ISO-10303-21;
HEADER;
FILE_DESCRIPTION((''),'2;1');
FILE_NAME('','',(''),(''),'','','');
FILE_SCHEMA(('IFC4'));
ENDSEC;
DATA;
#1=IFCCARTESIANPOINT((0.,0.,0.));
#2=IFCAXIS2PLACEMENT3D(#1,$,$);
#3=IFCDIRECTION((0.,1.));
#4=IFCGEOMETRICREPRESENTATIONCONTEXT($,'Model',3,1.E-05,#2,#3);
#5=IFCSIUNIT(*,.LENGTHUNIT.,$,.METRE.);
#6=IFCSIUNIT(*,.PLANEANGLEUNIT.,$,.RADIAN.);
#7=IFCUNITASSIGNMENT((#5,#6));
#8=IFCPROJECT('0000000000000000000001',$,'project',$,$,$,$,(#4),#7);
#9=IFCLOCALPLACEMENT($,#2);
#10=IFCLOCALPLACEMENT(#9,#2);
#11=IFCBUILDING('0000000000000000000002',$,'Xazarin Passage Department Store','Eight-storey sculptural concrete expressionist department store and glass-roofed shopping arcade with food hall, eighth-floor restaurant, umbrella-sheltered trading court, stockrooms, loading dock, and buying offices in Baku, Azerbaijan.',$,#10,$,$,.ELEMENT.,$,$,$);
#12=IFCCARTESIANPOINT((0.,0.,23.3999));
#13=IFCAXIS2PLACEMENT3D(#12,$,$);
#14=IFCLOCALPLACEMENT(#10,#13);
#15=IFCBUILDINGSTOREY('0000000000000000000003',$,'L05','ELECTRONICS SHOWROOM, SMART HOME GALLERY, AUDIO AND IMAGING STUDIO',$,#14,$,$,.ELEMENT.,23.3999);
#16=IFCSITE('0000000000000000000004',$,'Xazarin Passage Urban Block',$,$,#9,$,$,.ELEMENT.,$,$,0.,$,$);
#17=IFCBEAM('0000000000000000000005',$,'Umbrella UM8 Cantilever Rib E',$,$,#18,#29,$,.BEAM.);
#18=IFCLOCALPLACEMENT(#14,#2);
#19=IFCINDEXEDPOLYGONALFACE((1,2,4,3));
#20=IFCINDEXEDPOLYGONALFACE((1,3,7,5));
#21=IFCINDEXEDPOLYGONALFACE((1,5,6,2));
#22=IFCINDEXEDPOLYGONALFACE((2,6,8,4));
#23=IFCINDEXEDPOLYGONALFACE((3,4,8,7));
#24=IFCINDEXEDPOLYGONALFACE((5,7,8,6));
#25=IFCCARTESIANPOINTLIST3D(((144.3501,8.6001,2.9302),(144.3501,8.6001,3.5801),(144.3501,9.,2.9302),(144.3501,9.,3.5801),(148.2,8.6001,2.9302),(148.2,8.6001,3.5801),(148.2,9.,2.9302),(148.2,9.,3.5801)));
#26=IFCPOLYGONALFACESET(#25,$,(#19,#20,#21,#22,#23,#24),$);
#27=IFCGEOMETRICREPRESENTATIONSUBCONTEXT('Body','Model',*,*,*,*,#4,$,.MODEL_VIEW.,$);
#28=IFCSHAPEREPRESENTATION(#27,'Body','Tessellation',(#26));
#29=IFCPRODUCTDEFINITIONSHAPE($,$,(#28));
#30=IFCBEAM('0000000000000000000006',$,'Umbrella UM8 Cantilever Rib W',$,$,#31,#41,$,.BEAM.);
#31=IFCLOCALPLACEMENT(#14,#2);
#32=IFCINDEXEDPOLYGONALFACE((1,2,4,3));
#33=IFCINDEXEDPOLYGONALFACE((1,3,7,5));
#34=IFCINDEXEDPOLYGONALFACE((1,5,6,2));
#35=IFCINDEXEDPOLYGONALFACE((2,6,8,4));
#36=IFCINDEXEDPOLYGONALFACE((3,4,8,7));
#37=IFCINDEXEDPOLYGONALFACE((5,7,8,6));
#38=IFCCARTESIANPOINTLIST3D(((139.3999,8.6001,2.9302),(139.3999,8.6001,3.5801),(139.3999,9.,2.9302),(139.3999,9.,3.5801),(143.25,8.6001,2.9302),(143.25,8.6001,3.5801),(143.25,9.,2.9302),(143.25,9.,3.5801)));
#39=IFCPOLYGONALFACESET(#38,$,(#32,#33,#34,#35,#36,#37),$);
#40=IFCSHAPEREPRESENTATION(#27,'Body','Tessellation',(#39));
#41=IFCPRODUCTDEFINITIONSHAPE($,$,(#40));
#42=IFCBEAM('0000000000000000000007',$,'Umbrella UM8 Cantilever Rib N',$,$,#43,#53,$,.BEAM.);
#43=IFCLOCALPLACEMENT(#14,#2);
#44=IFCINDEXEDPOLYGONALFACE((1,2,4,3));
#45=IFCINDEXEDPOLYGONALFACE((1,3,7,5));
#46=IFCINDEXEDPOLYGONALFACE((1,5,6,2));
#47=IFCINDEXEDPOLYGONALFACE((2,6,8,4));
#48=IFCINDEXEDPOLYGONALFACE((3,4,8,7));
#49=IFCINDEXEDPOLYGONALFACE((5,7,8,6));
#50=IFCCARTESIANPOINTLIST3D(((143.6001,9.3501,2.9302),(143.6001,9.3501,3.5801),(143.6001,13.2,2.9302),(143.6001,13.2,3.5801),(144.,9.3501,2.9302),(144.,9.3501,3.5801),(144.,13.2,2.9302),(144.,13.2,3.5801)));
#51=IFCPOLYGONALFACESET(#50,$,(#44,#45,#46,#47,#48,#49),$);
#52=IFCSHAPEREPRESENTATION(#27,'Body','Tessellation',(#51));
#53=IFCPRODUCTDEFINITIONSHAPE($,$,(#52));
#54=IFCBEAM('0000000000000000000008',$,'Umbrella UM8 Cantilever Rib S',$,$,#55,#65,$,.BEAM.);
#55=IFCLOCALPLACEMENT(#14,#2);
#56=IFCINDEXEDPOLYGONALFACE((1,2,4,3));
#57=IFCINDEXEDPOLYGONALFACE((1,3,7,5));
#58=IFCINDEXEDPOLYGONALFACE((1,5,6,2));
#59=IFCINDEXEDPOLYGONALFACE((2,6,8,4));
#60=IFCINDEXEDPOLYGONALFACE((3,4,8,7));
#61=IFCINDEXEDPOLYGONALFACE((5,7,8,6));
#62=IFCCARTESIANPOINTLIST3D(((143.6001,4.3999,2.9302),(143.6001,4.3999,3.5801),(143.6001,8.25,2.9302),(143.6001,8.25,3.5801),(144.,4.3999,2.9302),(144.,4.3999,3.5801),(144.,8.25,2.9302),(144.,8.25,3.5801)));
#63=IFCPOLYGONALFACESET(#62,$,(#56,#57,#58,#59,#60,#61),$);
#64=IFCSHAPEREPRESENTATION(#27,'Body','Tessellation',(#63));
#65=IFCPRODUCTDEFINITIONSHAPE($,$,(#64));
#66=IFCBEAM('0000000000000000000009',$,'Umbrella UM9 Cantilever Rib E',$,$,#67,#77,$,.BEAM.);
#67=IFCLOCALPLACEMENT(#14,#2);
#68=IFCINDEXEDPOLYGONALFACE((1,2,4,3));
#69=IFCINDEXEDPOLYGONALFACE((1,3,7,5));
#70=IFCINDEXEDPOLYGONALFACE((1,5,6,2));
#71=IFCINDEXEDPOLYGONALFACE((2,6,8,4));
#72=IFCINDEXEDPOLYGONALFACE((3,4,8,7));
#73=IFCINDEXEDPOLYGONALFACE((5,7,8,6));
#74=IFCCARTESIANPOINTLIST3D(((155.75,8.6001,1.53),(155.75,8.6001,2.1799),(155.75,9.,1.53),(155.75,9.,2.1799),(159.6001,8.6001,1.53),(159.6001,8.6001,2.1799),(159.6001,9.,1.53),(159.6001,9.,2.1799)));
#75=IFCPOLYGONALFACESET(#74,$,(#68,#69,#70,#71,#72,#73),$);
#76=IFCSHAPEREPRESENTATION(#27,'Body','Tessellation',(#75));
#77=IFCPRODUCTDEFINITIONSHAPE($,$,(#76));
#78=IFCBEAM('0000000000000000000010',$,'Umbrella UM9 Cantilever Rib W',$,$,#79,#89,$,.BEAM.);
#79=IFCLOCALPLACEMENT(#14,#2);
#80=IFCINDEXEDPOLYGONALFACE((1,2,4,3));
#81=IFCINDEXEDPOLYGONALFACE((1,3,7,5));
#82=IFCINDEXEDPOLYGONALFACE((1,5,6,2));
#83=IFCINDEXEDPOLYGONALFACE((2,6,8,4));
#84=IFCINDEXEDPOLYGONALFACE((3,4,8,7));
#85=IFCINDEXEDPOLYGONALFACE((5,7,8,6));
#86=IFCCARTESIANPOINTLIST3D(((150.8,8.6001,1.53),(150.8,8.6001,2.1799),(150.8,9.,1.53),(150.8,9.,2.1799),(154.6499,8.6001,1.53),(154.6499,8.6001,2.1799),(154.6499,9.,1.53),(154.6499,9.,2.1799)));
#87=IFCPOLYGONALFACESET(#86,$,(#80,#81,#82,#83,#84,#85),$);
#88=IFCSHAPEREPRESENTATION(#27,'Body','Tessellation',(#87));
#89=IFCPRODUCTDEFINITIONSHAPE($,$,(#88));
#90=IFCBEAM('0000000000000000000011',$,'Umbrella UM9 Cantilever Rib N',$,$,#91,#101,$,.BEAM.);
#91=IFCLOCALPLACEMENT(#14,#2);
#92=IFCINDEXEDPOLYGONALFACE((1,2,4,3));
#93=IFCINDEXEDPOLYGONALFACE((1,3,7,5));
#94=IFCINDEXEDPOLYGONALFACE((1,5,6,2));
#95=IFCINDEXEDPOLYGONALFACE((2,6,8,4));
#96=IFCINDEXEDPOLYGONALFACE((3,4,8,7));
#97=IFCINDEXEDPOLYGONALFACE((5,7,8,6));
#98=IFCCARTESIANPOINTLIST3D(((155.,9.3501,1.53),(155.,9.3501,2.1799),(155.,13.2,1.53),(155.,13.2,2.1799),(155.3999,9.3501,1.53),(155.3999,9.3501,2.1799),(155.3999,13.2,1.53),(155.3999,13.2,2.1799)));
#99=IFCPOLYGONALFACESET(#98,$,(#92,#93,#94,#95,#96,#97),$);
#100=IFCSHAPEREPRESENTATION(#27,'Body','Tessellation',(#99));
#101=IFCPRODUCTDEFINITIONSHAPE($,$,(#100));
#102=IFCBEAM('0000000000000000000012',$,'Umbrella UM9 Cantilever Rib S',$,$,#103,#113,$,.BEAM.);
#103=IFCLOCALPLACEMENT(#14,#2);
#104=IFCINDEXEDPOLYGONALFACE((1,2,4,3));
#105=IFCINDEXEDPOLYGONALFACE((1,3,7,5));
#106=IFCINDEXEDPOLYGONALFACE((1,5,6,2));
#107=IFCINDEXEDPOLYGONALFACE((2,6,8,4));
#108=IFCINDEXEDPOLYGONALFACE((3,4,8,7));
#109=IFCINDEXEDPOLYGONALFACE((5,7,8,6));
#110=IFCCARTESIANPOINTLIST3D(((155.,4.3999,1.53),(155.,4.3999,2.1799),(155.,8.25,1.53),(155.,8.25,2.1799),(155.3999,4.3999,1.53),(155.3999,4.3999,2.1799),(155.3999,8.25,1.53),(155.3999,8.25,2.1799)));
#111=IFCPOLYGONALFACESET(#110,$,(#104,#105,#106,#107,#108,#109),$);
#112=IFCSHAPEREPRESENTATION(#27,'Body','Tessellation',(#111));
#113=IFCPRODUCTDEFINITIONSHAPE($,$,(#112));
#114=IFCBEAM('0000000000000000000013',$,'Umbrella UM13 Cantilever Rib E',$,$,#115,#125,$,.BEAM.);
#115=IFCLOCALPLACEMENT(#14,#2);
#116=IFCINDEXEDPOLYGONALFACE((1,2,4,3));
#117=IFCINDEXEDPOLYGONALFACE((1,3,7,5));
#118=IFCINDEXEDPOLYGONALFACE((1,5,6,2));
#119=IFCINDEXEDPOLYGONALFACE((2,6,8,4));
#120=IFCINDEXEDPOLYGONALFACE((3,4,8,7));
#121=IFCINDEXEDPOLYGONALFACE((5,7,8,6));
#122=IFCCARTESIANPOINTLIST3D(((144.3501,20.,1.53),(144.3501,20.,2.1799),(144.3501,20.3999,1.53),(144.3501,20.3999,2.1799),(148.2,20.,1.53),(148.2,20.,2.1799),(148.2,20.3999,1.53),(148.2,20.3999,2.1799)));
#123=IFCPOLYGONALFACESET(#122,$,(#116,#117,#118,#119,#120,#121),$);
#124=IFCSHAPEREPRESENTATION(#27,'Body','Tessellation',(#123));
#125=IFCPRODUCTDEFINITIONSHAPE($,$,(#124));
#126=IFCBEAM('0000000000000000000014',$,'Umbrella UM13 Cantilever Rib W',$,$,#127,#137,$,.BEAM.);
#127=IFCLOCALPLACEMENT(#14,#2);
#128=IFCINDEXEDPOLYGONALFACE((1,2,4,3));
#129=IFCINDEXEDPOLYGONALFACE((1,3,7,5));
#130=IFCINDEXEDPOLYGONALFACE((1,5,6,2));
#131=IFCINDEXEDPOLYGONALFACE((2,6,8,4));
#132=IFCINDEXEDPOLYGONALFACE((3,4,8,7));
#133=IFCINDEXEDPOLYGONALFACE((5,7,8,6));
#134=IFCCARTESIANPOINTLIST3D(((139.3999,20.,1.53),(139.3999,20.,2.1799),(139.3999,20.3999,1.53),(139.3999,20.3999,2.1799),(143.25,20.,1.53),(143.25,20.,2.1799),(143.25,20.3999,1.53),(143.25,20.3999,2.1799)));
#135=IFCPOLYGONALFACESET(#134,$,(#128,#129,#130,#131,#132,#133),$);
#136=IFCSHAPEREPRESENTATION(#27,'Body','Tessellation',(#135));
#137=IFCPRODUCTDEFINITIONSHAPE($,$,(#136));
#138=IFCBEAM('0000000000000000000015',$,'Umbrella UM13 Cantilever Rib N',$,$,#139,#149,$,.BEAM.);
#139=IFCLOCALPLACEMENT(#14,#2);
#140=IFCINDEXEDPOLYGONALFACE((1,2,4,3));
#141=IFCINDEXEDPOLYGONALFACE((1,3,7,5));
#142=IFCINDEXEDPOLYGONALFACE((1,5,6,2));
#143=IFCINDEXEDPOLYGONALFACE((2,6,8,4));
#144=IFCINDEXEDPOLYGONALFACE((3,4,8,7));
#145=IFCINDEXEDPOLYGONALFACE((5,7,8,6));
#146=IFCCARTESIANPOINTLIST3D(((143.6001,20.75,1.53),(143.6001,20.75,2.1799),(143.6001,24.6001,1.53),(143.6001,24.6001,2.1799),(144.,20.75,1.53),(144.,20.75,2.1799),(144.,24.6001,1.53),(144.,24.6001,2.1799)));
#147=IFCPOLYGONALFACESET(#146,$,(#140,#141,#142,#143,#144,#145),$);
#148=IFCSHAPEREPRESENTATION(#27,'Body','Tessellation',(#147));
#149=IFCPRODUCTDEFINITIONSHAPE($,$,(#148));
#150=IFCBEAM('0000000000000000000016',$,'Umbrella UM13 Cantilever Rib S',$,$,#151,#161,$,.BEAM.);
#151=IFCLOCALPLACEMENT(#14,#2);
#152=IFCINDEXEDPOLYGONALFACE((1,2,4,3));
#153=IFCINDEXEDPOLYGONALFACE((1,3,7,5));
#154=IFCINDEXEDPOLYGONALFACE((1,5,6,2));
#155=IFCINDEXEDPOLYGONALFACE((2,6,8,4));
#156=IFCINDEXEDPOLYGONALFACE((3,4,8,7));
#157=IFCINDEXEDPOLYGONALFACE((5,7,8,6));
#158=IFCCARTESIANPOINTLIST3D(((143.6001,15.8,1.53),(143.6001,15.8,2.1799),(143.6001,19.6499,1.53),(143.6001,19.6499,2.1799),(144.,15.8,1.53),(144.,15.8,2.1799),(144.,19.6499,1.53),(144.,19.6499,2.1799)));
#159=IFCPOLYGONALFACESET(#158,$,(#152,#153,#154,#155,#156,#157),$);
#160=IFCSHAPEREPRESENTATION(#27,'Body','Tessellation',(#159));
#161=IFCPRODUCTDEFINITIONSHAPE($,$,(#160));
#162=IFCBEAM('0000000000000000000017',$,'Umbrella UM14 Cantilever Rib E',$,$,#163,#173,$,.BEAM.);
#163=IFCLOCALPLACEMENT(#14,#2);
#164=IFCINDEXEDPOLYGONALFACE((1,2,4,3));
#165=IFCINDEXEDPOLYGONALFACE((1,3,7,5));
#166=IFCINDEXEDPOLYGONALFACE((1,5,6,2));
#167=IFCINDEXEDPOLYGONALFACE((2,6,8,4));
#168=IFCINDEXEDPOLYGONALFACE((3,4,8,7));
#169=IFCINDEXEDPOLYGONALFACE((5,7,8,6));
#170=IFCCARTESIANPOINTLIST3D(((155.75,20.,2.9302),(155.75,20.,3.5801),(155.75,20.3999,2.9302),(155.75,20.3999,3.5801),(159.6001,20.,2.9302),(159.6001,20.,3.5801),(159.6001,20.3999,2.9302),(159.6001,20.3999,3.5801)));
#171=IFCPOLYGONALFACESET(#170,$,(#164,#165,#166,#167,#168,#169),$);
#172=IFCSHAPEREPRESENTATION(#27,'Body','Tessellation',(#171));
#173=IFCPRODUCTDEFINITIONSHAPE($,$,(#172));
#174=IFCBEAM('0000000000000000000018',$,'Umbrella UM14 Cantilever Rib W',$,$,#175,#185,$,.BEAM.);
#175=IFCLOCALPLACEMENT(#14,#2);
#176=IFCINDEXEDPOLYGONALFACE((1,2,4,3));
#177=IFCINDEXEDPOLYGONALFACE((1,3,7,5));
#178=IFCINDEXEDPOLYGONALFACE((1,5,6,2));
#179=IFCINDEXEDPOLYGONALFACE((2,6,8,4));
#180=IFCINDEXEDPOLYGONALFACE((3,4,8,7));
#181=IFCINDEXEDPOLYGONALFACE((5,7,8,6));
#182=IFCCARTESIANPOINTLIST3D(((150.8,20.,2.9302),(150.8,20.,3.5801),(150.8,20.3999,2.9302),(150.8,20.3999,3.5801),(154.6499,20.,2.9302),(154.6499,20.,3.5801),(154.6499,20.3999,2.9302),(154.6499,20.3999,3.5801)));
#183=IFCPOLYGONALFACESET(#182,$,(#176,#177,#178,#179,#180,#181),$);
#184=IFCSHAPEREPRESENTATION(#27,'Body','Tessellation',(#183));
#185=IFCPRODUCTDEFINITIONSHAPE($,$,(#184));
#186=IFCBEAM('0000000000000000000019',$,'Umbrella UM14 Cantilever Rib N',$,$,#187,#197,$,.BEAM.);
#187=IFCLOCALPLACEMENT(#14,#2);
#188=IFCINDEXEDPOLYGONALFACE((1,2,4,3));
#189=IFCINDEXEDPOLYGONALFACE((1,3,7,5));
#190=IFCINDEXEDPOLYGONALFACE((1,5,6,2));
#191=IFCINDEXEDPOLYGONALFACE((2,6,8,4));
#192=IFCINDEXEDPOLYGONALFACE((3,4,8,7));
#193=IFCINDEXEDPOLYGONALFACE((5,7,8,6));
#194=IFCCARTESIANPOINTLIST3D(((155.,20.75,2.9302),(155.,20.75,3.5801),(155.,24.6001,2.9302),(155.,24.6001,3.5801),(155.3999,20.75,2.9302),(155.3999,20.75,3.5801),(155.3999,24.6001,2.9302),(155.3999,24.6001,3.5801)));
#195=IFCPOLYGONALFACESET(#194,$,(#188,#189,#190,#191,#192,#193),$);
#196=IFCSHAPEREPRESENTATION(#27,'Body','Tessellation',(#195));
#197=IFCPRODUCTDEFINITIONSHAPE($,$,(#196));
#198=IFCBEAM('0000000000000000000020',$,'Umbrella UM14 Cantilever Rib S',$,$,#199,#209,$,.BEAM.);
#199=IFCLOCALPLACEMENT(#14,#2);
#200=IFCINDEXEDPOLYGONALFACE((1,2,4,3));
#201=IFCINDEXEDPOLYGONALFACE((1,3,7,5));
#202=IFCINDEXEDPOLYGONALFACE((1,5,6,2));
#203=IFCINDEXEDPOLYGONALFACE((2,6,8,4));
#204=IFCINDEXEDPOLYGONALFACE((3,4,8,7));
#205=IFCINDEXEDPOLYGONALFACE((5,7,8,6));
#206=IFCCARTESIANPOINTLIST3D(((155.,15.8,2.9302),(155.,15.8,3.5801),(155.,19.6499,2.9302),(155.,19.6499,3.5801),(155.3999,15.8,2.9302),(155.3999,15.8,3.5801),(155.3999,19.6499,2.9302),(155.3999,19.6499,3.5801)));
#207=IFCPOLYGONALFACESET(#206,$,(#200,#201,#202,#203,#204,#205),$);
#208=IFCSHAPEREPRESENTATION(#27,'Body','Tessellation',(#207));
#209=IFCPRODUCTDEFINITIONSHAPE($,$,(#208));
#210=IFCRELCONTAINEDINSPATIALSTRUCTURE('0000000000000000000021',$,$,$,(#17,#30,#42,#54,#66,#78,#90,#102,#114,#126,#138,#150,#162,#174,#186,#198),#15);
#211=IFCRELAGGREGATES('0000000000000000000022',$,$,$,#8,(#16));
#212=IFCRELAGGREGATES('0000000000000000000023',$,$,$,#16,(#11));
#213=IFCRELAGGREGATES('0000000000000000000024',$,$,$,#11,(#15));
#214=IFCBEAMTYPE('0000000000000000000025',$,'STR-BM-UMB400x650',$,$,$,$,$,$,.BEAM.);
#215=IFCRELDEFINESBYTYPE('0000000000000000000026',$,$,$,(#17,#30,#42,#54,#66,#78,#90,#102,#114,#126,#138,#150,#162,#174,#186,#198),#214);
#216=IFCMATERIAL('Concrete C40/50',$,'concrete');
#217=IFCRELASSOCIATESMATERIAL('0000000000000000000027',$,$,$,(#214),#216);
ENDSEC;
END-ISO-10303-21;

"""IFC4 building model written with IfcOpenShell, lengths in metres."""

from ifc_helpers import new_model, si_unit, direction, frame, origin, origin_2d, place, context, subcontext, project, spatial, rectangle, extrude, material, material_profile, profile_set, type_object, element, save


model = new_model("IFC4")

# Units and contexts
model_context = context("Model", 3, precision=1e-05, world=origin(), true_north=direction((0.0, 1.0)))
body_context = subcontext(model_context, "Body", "Model", "MODEL_VIEW")
ifc_project = project(units=[si_unit("LENGTHUNIT", "METRE"), si_unit("PLANEANGLEUNIT", "RADIAN")], contexts=[model_context])

# Site, building, storey
site_placement = place(None, origin())
site = spatial("IfcSite", under=ifc_project, at=site_placement, Name="Xazarin Passage Urban Block", CompositionType="ELEMENT", RefElevation=0.0)
building_placement = place(site_placement, origin())
building = spatial("IfcBuilding", under=site, at=building_placement, Name="Xazarin Passage Department Store", Description="Eight-storey sculptural concrete expressionist department store and glass-roofed shopping arcade with food hall, eighth-floor restaurant, umbrella-sheltered trading court, stockrooms, loading dock, and buying offices in Baku, Azerbaijan.", CompositionType="ELEMENT")
storey_placement = place(building_placement, frame((0.0, 0.0, 23.3999)))
storey = spatial("IfcBuildingStorey", under=building, at=storey_placement, Name="L05", Description="ELECTRONICS SHOWROOM, SMART HOME GALLERY, AUDIO AND IMAGING STUDIO", CompositionType="ELEMENT", Elevation=23.3999)

# Beams
ifc_material_1 = material(Name="Concrete C40/50", Category="concrete")
ifc_material_profile = material_profile(ifc_material_1, rectangle(XDim=0.3999, YDim=0.6499, at=origin_2d()), Name="RC 400x650")
ifc_profile_set = profile_set([ifc_material_profile], Name="Concrete C40/50")
beam_type = type_object("IfcBeamType", Name="STR-BM-UMB400x650", PredefinedType="BEAM", material=ifc_profile_set)
beam_1_placement = place(storey_placement, frame((144.3501, 8.8, 3.2551), z_axis=(1.0, 0.0, 0.0), x_axis=(0.0, 1.0, 0.0)))
element("IfcBeam", 1, at=beam_1_placement, inside=storey, type_object=beam_type, Name="Umbrella UM8 Cantilever Rib E", PredefinedType="BEAM", context=body_context, shape_type="SweptSolid", body=[
    extrude(rectangle(XDim=0.3999, YDim=0.6499, at=origin_2d()), origin(), (0.0, 0.0, 1.0), 3.8499),
])
beam_2_placement = place(storey_placement, frame((143.25, 8.8, 3.2551), z_axis=(-1.0, 0.0, 0.0), x_axis=(0.0, -1.0, 0.0)))
element("IfcBeam", 2, at=beam_2_placement, inside=storey, type_object=beam_type, Name="Umbrella UM8 Cantilever Rib W", PredefinedType="BEAM", context=body_context, shape_type="SweptSolid", body=[
    extrude(rectangle(XDim=0.3999, YDim=0.6499, at=origin_2d()), origin(), (0.0, 0.0, 1.0), 3.8501),
])
beam_3_placement = place(storey_placement, frame((143.8, 9.3501, 3.2551), z_axis=(0.0, 1.0, 0.0), x_axis=(-1.0, 0.0, 0.0)))
element("IfcBeam", 3, at=beam_3_placement, inside=storey, type_object=beam_type, Name="Umbrella UM8 Cantilever Rib N", PredefinedType="BEAM", context=body_context, shape_type="SweptSolid", body=[
    extrude(rectangle(XDim=0.3999, YDim=0.6499, at=origin_2d()), origin(), (0.0, 0.0, 1.0), 3.8499),
])
for number, where, z_axis, x_axis, name in (
    (4, (143.8, 8.25, 3.2551), (0.0, -1.0, 0.0), (1.0, 0.0, 0.0), "Umbrella UM8 Cantilever Rib S"),
    (5, (155.75, 8.8, 1.855), (1.0, 0.0, 0.0), (0.0, 1.0, 0.0), "Umbrella UM9 Cantilever Rib E"),
):
    element("IfcBeam", number, at=place(storey_placement, frame(where, z_axis=z_axis, x_axis=x_axis)), inside=storey, type_object=beam_type, Name=name, PredefinedType="BEAM", context=body_context, shape_type="SweptSolid", body=[
        extrude(rectangle(XDim=0.3999, YDim=0.6499, at=origin_2d()), origin(), (0.0, 0.0, 1.0), 3.8501),
    ])
for number, where, z_axis, x_axis, name in (
    (6, (154.6499, 8.8, 1.855), (-1.0, 0.0, 0.0), (0.0, -1.0, 0.0), "Umbrella UM9 Cantilever Rib W"),
    (7, (155.2, 9.3501, 1.855), (0.0, 1.0, 0.0), (-1.0, 0.0, 0.0), "Umbrella UM9 Cantilever Rib N"),
):
    element("IfcBeam", number, at=place(storey_placement, frame(where, z_axis=z_axis, x_axis=x_axis)), inside=storey, type_object=beam_type, Name=name, PredefinedType="BEAM", context=body_context, shape_type="SweptSolid", body=[
        extrude(rectangle(XDim=0.3999, YDim=0.6499, at=origin_2d()), origin(), (0.0, 0.0, 1.0), 3.8499),
    ])
beam_4_placement = place(storey_placement, frame((155.2, 8.25, 1.855), z_axis=(0.0, -1.0, 0.0), x_axis=(1.0, 0.0, 0.0)))
element("IfcBeam", 8, at=beam_4_placement, inside=storey, type_object=beam_type, Name="Umbrella UM9 Cantilever Rib S", PredefinedType="BEAM", context=body_context, shape_type="SweptSolid", body=[
    extrude(rectangle(XDim=0.3999, YDim=0.6499, at=origin_2d()), origin(), (0.0, 0.0, 1.0), 3.8501),
])
beam_5_placement = place(storey_placement, frame((144.3501, 20.2, 1.855), z_axis=(1.0, 0.0, 0.0), x_axis=(0.0, 1.0, 0.0)))
element("IfcBeam", 9, at=beam_5_placement, inside=storey, type_object=beam_type, Name="Umbrella UM13 Cantilever Rib E", PredefinedType="BEAM", context=body_context, shape_type="SweptSolid", body=[
    extrude(rectangle(XDim=0.3999, YDim=0.6499, at=origin_2d()), origin(), (0.0, 0.0, 1.0), 3.8499),
])
for number, where, z_axis, x_axis, name in (
    (10, (143.25, 20.2, 1.855), (-1.0, 0.0, 0.0), (0.0, -1.0, 0.0), "Umbrella UM13 Cantilever Rib W"),
    (11, (143.8, 20.75, 1.855), (0.0, 1.0, 0.0), (-1.0, 0.0, 0.0), "Umbrella UM13 Cantilever Rib N"),
):
    element("IfcBeam", number, at=place(storey_placement, frame(where, z_axis=z_axis, x_axis=x_axis)), inside=storey, type_object=beam_type, Name=name, PredefinedType="BEAM", context=body_context, shape_type="SweptSolid", body=[
        extrude(rectangle(XDim=0.3999, YDim=0.6499, at=origin_2d()), origin(), (0.0, 0.0, 1.0), 3.8501),
    ])
beam_6_placement = place(storey_placement, frame((143.8, 19.6499, 1.855), z_axis=(0.0, -1.0, 0.0), x_axis=(1.0, 0.0, 0.0)))
element("IfcBeam", 12, at=beam_6_placement, inside=storey, type_object=beam_type, Name="Umbrella UM13 Cantilever Rib S", PredefinedType="BEAM", context=body_context, shape_type="SweptSolid", body=[
    extrude(rectangle(XDim=0.3999, YDim=0.6499, at=origin_2d()), origin(), (0.0, 0.0, 1.0), 3.8499),
])
beam_7_placement = place(storey_placement, frame((155.75, 20.2, 3.2551), z_axis=(1.0, 0.0, 0.0), x_axis=(0.0, 1.0, 0.0)))
element("IfcBeam", 13, at=beam_7_placement, inside=storey, type_object=beam_type, Name="Umbrella UM14 Cantilever Rib E", PredefinedType="BEAM", context=body_context, shape_type="SweptSolid", body=[
    extrude(rectangle(XDim=0.3999, YDim=0.6499, at=origin_2d()), origin(), (0.0, 0.0, 1.0), 3.8501),
])
beam_8_placement = place(storey_placement, frame((154.6499, 20.2, 3.2551), z_axis=(-1.0, 0.0, 0.0), x_axis=(0.0, -1.0, 0.0)))
element("IfcBeam", 14, at=beam_8_placement, inside=storey, type_object=beam_type, Name="Umbrella UM14 Cantilever Rib W", PredefinedType="BEAM", context=body_context, shape_type="SweptSolid", body=[
    extrude(rectangle(XDim=0.3999, YDim=0.6499, at=origin_2d()), origin(), (0.0, 0.0, 1.0), 3.8499),
])
beam_9_placement = place(storey_placement, frame((155.2, 20.75, 3.2551), z_axis=(0.0, 1.0, 0.0), x_axis=(-1.0, 0.0, 0.0)))
element("IfcBeam", 15, at=beam_9_placement, inside=storey, type_object=beam_type, Name="Umbrella UM14 Cantilever Rib N", PredefinedType="BEAM", context=body_context, shape_type="SweptSolid", body=[
    extrude(rectangle(XDim=0.3999, YDim=0.6499, at=origin_2d()), origin(), (0.0, 0.0, 1.0), 3.8501),
])
beam_10_placement = place(storey_placement, frame((155.2, 19.6499, 3.2551), z_axis=(0.0, -1.0, 0.0), x_axis=(1.0, 0.0, 0.0)))
element("IfcBeam", 16, at=beam_10_placement, inside=storey, type_object=beam_type, Name="Umbrella UM14 Cantilever Rib S", PredefinedType="BEAM", context=body_context, shape_type="SweptSolid", body=[
    extrude(rectangle(XDim=0.3999, YDim=0.6499, at=origin_2d()), origin(), (0.0, 0.0, 1.0), 3.8499),
])

save(model, "model.ifc")
